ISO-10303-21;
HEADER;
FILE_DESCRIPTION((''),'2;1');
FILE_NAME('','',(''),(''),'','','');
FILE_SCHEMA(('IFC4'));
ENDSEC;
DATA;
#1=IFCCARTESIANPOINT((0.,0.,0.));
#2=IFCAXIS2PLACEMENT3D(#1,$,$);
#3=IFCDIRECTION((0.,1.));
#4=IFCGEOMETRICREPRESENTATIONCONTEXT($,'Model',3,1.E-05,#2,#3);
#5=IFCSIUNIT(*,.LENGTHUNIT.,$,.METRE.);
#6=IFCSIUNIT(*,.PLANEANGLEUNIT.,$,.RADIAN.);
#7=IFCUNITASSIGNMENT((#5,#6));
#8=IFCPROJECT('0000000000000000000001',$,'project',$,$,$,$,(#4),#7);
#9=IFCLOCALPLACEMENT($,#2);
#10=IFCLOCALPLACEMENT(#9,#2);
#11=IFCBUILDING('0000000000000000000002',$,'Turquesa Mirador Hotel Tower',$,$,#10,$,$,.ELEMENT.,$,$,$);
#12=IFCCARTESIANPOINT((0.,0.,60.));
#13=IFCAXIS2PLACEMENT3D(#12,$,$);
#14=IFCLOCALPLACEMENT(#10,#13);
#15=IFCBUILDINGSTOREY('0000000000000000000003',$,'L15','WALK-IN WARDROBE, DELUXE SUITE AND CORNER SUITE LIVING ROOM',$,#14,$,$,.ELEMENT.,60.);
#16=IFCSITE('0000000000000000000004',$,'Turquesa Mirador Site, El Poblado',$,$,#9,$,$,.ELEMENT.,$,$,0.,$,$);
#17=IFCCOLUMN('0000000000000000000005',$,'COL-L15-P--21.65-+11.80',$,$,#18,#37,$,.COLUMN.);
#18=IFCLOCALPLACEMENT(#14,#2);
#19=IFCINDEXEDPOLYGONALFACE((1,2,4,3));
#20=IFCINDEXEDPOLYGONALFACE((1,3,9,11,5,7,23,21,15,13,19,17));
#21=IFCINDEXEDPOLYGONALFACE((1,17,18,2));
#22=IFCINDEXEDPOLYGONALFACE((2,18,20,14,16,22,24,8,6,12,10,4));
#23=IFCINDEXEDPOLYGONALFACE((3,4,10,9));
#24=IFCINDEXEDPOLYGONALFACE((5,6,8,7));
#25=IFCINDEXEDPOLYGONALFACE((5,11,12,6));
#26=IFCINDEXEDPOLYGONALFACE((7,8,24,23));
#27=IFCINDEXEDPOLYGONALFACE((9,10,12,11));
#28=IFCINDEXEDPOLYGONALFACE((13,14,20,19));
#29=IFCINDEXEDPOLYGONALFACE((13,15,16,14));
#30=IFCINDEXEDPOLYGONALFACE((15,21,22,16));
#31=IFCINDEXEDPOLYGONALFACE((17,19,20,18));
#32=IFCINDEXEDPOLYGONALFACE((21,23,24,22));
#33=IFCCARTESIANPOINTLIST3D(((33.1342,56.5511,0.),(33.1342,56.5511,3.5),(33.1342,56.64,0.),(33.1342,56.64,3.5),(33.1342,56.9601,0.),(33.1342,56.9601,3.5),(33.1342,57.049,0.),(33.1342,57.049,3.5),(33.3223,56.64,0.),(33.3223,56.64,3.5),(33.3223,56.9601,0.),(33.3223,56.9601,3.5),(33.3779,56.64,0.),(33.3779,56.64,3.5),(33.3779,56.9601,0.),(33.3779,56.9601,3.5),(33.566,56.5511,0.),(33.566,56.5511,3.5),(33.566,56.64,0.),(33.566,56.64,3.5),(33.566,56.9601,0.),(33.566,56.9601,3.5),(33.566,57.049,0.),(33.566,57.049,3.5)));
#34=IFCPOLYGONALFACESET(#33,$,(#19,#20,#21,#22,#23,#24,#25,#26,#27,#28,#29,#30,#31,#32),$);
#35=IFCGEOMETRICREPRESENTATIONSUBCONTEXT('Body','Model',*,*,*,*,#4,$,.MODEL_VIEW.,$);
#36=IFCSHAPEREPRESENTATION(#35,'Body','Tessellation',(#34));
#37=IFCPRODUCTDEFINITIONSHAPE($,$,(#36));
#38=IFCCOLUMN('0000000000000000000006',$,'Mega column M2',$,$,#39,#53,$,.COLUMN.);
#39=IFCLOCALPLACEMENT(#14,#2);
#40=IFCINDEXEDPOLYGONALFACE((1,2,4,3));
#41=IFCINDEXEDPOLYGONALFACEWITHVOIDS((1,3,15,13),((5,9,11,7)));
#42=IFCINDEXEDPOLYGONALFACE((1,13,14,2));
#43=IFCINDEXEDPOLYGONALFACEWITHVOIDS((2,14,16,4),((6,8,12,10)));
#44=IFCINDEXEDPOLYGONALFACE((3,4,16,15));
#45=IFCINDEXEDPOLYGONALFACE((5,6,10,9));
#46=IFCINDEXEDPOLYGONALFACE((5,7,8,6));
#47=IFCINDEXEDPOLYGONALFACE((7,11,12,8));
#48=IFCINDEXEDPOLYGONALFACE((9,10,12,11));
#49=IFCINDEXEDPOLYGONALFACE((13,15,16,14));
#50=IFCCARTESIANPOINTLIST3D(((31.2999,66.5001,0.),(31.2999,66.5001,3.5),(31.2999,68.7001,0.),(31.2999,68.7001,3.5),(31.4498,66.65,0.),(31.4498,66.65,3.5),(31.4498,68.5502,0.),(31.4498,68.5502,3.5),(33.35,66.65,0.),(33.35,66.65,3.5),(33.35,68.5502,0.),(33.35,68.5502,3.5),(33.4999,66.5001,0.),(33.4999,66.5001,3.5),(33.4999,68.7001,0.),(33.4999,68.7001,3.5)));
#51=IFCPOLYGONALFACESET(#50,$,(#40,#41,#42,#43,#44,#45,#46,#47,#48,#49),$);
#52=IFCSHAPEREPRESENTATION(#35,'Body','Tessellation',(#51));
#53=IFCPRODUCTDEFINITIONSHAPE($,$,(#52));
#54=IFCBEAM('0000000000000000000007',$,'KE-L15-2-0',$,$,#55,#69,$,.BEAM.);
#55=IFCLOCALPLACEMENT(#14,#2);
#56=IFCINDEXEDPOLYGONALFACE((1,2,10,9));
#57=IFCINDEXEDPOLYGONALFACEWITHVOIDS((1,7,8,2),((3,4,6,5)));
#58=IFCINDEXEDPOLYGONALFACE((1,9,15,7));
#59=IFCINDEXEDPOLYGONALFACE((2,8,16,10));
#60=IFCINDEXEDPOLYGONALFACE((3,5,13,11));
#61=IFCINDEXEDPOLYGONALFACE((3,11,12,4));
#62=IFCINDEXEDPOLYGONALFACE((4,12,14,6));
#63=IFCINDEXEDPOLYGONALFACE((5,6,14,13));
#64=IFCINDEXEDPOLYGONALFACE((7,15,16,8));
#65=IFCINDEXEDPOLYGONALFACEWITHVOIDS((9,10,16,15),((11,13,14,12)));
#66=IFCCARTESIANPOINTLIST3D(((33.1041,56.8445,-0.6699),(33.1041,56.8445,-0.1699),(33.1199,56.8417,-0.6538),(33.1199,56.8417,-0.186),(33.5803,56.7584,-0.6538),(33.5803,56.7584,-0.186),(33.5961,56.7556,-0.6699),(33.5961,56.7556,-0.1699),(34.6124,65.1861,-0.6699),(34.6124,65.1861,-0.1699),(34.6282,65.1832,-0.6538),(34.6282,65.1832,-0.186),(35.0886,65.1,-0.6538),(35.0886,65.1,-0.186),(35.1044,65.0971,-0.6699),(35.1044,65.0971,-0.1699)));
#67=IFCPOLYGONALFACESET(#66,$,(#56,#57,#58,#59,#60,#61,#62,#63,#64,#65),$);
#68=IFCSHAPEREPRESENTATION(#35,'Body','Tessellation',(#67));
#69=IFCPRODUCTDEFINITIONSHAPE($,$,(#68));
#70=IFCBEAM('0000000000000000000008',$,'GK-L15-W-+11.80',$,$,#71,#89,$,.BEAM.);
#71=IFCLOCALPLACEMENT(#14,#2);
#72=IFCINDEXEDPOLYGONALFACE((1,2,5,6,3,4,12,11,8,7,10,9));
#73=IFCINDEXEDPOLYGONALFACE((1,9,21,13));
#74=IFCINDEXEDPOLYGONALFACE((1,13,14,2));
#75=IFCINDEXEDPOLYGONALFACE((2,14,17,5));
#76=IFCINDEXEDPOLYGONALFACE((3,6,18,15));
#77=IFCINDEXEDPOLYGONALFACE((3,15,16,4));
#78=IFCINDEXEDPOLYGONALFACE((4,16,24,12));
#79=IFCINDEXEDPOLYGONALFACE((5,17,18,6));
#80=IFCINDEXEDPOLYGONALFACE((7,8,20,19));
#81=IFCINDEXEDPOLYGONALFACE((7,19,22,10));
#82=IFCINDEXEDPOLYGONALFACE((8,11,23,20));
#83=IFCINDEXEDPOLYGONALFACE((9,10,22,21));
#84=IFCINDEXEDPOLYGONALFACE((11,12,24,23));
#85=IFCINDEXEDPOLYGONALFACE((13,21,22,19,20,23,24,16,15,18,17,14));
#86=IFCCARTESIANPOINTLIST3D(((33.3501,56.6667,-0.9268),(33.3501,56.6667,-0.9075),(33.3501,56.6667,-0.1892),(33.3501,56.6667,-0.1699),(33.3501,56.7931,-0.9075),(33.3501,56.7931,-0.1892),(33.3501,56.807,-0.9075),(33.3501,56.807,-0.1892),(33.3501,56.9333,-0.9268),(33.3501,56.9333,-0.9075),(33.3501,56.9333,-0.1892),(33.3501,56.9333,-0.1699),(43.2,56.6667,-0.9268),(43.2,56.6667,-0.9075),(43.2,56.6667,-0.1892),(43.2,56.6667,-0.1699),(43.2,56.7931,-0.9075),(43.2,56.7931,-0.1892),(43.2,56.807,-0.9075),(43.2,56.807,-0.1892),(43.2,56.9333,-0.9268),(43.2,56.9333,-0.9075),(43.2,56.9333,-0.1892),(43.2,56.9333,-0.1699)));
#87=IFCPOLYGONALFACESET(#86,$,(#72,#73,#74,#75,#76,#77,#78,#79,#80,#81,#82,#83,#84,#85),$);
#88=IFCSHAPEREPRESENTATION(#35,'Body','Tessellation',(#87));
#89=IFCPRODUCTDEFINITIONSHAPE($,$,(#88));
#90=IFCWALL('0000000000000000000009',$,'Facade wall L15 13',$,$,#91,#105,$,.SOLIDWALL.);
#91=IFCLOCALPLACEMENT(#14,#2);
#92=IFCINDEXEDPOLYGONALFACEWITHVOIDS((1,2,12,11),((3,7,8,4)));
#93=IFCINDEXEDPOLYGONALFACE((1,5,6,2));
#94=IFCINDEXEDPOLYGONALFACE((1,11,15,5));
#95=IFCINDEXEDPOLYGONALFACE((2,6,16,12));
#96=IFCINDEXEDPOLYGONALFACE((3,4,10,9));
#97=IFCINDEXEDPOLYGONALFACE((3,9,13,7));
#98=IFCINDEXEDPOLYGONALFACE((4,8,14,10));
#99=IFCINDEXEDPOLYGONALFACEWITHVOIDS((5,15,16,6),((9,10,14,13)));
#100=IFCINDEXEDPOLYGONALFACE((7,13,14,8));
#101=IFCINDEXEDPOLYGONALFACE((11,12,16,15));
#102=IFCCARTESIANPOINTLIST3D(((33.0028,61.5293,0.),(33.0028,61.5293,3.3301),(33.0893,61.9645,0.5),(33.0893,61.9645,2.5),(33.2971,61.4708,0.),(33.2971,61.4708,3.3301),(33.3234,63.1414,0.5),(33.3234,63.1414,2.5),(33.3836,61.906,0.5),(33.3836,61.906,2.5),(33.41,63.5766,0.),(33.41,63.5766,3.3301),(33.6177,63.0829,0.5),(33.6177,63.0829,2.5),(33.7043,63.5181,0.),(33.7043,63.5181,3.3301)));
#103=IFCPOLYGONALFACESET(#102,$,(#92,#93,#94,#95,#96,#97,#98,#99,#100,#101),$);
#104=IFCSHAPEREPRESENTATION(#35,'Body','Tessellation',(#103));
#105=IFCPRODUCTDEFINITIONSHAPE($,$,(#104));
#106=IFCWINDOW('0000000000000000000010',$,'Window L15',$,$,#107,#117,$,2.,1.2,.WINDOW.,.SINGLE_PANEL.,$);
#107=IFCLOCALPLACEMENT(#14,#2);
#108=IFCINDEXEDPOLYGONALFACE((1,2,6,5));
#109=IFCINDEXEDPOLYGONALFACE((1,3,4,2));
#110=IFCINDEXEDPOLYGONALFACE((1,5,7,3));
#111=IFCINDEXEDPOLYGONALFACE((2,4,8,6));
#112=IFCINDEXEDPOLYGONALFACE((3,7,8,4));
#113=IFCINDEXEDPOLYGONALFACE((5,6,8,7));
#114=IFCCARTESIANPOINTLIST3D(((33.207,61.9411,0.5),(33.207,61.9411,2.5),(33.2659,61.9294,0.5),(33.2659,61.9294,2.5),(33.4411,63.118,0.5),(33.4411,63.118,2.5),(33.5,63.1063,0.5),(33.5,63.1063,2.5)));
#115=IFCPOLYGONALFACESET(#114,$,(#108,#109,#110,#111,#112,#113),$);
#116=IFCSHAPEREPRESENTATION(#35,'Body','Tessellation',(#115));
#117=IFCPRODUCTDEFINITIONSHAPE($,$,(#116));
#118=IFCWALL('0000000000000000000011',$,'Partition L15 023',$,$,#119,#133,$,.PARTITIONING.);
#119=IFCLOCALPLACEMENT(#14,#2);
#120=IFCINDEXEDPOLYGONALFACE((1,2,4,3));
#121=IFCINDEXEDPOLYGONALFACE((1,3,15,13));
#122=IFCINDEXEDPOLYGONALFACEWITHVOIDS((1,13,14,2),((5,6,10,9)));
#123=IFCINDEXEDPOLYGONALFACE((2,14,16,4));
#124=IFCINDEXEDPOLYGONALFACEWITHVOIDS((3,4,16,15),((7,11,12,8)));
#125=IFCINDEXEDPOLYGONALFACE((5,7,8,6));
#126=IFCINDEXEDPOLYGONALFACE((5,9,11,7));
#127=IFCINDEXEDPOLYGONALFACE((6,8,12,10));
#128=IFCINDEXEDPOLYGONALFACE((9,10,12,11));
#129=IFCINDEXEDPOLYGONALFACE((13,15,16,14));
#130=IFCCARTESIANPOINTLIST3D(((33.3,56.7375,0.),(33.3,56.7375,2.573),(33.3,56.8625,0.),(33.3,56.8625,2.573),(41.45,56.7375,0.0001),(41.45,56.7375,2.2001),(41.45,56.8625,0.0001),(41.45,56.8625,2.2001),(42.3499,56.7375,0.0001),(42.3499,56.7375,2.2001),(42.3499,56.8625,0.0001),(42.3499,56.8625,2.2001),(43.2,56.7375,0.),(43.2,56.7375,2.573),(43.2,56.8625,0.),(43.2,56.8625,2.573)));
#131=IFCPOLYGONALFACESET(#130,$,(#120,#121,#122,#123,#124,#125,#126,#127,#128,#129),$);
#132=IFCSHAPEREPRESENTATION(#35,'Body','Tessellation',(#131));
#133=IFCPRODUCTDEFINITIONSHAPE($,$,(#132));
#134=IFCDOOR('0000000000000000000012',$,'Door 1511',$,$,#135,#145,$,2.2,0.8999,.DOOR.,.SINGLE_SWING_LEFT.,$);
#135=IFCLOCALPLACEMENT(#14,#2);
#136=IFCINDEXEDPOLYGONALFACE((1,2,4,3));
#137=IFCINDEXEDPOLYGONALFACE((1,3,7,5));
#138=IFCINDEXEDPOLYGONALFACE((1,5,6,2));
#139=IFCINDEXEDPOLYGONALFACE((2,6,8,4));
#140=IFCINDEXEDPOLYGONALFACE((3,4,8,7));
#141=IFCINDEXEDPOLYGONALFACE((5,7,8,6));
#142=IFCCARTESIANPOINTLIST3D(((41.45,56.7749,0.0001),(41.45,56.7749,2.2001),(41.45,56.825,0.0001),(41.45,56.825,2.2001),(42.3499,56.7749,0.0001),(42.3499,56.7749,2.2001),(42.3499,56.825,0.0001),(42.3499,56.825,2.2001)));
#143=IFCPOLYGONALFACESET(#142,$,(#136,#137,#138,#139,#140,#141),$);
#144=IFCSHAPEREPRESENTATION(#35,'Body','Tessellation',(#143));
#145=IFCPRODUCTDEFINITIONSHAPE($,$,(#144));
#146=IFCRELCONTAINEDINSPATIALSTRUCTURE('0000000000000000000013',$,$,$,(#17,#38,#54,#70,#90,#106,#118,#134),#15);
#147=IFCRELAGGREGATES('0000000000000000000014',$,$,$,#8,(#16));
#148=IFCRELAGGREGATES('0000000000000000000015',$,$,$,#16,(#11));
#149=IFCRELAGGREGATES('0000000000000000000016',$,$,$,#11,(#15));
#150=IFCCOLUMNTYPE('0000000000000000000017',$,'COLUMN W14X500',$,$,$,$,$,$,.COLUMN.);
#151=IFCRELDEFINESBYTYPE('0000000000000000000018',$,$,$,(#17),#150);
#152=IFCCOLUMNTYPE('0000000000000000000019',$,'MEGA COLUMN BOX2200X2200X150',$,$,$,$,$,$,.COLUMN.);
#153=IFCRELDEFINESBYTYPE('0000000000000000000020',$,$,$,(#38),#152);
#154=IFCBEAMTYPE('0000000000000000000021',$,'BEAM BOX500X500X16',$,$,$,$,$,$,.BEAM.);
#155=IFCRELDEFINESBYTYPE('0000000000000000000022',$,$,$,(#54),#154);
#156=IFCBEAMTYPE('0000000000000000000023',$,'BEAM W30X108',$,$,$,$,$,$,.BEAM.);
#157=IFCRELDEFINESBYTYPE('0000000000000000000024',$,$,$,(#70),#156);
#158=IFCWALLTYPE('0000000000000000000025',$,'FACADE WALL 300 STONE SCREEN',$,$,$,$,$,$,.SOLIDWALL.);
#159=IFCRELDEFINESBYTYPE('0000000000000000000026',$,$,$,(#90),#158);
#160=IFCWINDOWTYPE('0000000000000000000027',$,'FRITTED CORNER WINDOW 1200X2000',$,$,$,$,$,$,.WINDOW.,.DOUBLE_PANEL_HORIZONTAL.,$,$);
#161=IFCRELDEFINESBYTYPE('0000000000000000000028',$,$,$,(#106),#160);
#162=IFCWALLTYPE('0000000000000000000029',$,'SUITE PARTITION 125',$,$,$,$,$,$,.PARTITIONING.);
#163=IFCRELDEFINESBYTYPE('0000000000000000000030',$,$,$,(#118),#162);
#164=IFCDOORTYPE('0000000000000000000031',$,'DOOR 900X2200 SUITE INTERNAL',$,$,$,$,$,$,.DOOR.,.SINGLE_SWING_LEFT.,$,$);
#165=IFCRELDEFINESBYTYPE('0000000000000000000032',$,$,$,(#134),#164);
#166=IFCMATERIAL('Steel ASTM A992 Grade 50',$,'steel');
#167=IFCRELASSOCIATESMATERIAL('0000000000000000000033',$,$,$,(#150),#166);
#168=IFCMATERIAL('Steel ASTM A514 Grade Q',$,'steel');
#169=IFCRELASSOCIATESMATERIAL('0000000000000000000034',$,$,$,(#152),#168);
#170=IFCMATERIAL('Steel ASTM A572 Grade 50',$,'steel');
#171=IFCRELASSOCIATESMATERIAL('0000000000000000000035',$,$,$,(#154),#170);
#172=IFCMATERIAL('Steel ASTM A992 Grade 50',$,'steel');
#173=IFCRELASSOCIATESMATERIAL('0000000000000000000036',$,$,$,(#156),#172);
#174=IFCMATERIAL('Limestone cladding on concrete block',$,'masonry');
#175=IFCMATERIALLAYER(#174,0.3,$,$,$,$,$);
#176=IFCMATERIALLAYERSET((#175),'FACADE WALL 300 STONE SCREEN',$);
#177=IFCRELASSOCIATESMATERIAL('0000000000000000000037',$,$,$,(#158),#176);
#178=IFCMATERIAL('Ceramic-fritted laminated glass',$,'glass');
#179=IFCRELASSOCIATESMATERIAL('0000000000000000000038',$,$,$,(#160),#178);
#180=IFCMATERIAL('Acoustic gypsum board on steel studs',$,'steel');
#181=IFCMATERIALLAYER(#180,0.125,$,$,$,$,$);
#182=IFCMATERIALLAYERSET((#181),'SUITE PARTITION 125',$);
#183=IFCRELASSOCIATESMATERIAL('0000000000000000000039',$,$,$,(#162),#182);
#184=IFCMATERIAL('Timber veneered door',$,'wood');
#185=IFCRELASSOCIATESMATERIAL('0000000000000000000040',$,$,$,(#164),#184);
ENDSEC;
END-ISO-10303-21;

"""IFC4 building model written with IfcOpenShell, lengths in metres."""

from ifc_helpers import new_model, si_unit, direction, frame, frame_2d, origin, origin_2d, place, context, subcontext, project, spatial, rectangle, hollow_rectangle, i_section, extrude, material, layer, layer_set, material_profile, profile_set, type_object, element, fill, save


model = new_model("IFC4")

# Units and contexts
model_context = context("Model", 3, precision=1e-05, world=origin(), true_north=direction((0.0, 1.0)))
body_context = subcontext(model_context, "Body", "Model", "MODEL_VIEW")
ifc_project = project(units=[si_unit("LENGTHUNIT", "METRE"), si_unit("PLANEANGLEUNIT", "RADIAN")], contexts=[model_context])

# Site, building, storey
site_placement = place(None, origin())
site = spatial("IfcSite", under=ifc_project, at=site_placement, Name="Turquesa Mirador Site, El Poblado", CompositionType="ELEMENT", RefElevation=0.0)
building_placement = place(site_placement, origin())
building = spatial("IfcBuilding", under=site, at=building_placement, Name="Turquesa Mirador Hotel Tower", CompositionType="ELEMENT")
storey_placement = place(building_placement, frame((0.0, 0.0, 60.0)))
storey = spatial("IfcBuildingStorey", under=building, at=storey_placement, Name="L15", Description="WALK-IN WARDROBE, DELUXE SUITE AND CORNER SUITE LIVING ROOM", CompositionType="ELEMENT", Elevation=60.0)

# Columns
ifc_material_1 = material(Name="Steel ASTM A992 Grade 50", Category="steel")
ifc_material_profile_1 = material_profile(ifc_material_1, i_section(OverallWidth=0.4319, OverallDepth=0.4978, WebThickness=0.0557, FlangeThickness=0.0889, at=origin_2d()), Name="W14X500")
ifc_profile_set_1 = profile_set([ifc_material_profile_1], Name="Steel ASTM A992 Grade 50")
column_type_1 = type_object("IfcColumnType", Name="COLUMN W14X500", PredefinedType="COLUMN", material=ifc_profile_set_1)
column_1_placement = place(storey_placement, frame((33.3501, 56.8, 0.0), z_axis=(0.0, 0.0, 1.0), x_axis=(1.0, 0.0, 0.0)))
element("IfcColumn", 1, at=column_1_placement, inside=storey, type_object=column_type_1, Name="COL-L15-P--21.65-+11.80", PredefinedType="COLUMN", context=body_context, shape_type="SweptSolid", body=[
    extrude(i_section(OverallWidth=0.4319, OverallDepth=0.4978, WebThickness=0.0557, FlangeThickness=0.0889, at=origin_2d()), origin(), (0.0, 0.0, 1.0), 3.5),
])
ifc_material_2 = material(Name="Steel ASTM A514 Grade Q", Category="steel")
ifc_material_profile_2 = material_profile(ifc_material_2, hollow_rectangle(XDim=2.2, YDim=2.2, WallThickness=0.1499, at=origin_2d()), Name="BOX2200X2200X150")
ifc_profile_set_2 = profile_set([ifc_material_profile_2], Name="Steel ASTM A514 Grade Q")
column_type_2 = type_object("IfcColumnType", Name="MEGA COLUMN BOX2200X2200X150", PredefinedType="COLUMN", material=ifc_profile_set_2)
column_2_placement = place(storey_placement, frame((32.3999, 67.6001, 0.0), z_axis=(0.0, 0.0, 1.0), x_axis=(1.0, 0.0, 0.0)))
element("IfcColumn", 2, at=column_2_placement, inside=storey, type_object=column_type_2, Name="Mega column M2", PredefinedType="COLUMN", context=body_context, shape_type="SweptSolid", body=[
    extrude(hollow_rectangle(XDim=2.2, YDim=2.2, WallThickness=0.1499, at=origin_2d()), origin(), (0.0, 0.0, 1.0), 3.5),
])

# Beams
ifc_material_3 = material(Name="Steel ASTM A572 Grade 50", Category="steel")
ifc_material_profile_3 = material_profile(ifc_material_3, hollow_rectangle(XDim=0.5, YDim=0.5, WallThickness=0.0161, at=origin_2d()), Name="BOX500X500X16")
ifc_profile_set_3 = profile_set([ifc_material_profile_3], Name="Steel ASTM A572 Grade 50")
beam_type_1 = type_object("IfcBeamType", Name="BEAM BOX500X500X16", PredefinedType="BEAM", material=ifc_profile_set_3)
beam_1_placement = place(storey_placement, frame((33.3501, 56.8, -0.4199), z_axis=(0.177932, 0.984043, 0.0), x_axis=(-0.984043, 0.177932, 0.0)))
element("IfcBeam", 3, at=beam_1_placement, inside=storey, type_object=beam_type_1, Name="KE-L15-2-0", PredefinedType="BEAM", context=body_context, shape_type="SweptSolid", body=[
    extrude(hollow_rectangle(XDim=0.5, YDim=0.5, WallThickness=0.0161, at=origin_2d()), origin(), (0.0, 0.0, 1.0), 8.4768),
])
ifc_material_4 = material(Name="Steel ASTM A992 Grade 50", Category="steel")
ifc_material_profile_4 = material_profile(ifc_material_4, i_section(OverallWidth=0.2666, OverallDepth=0.7568, WebThickness=0.0139, FlangeThickness=0.0193, at=origin_2d()), Name="W30X108")
ifc_profile_set_4 = profile_set([ifc_material_profile_4], Name="Steel ASTM A992 Grade 50")
beam_type_2 = type_object("IfcBeamType", Name="BEAM W30X108", PredefinedType="BEAM", material=ifc_profile_set_4)
beam_2_placement = place(storey_placement, frame((33.3501, 56.8, -0.5483), z_axis=(1.0, 0.0, 0.0), x_axis=(0.0, 1.0, 0.0)))
element("IfcBeam", 4, at=beam_2_placement, inside=storey, type_object=beam_type_2, Name="GK-L15-W-+11.80", PredefinedType="BEAM", context=body_context, shape_type="SweptSolid", body=[
    extrude(i_section(OverallWidth=0.2666, OverallDepth=0.7568, WebThickness=0.0139, FlangeThickness=0.0193, at=origin_2d()), origin(), (0.0, 0.0, 1.0), 9.8499),
])

# Wall, opening, window
ifc_material_5 = material(Name="Limestone cladding on concrete block", Category="masonry")
ifc_layer_1 = layer(ifc_material_5, 0.3)
ifc_layer_set_1 = layer_set([ifc_layer_1], Name="FACADE WALL 300 STONE SCREEN")
wall_type_1 = type_object("IfcWallType", Name="FACADE WALL 300 STONE SCREEN", PredefinedType="SOLIDWALL", material=ifc_layer_set_1)
wall_1_placement = place(storey_placement, frame((33.5571, 63.5474, 0.0), z_axis=(0.0, 0.0, 1.0), x_axis=(-0.195081, -0.980787, 0.0)))
wall_1 = element("IfcWall", 5, at=wall_1_placement, inside=storey, type_object=wall_type_1, Name="Facade wall L15 13", PredefinedType="SOLIDWALL", context=body_context, shape_type="SweptSolid", body=[
    extrude(rectangle(XDim=2.0874, YDim=0.3, at=frame_2d((1.0437, 0.0))), origin(), (0.0, 0.0, 1.0), 3.3301),
])
opening_1_placement = place(wall_1_placement, frame((0.4436, 0.0, 0.5)))
opening_1 = element("IfcOpeningElement", 6, at=opening_1_placement, cuts=wall_1, PredefinedType="OPENING", context=body_context, shape_type="SweptSolid", body=[
    extrude(rectangle(XDim=1.2, YDim=2.0, at=frame_2d((0.6001, 1.0))), frame((0.0, 0.1599, 0.0), z_axis=(0.0, -1.0, 0.0), x_axis=(1.0, 0.0, 0.0)), (0.0, 0.0, 1.0), 0.3201),
])
ifc_material_6 = material(Name="Ceramic-fritted laminated glass", Category="glass")
window_type_1 = type_object("IfcWindowType", Name="FRITTED CORNER WINDOW 1200X2000", PartitioningType="DOUBLE_PANEL_HORIZONTAL", PredefinedType="WINDOW", material=ifc_material_6)
window_1_placement = place(opening_1_placement, origin())
window_1 = element("IfcWindow", 7, at=window_1_placement, inside=storey, type_object=window_type_1, Name="Window L15", OverallHeight=2.0, OverallWidth=1.2, PartitioningType="SINGLE_PANEL", PredefinedType="WINDOW", context=body_context, shape_type="SweptSolid", body=[
    extrude(rectangle(XDim=1.2, YDim=2.0, at=frame_2d((0.6001, 1.0))), frame((0.0, 0.03, 0.0), z_axis=(0.0, -1.0, 0.0), x_axis=(1.0, 0.0, 0.0)), (0.0, 0.0, 1.0), 0.0601),
])
fill(opening_1, window_1)

# Wall, opening, door
ifc_material_7 = material(Name="Acoustic gypsum board on steel studs", Category="steel")
ifc_layer_2 = layer(ifc_material_7, 0.125)
ifc_layer_set_2 = layer_set([ifc_layer_2], Name="SUITE PARTITION 125")
wall_type_2 = type_object("IfcWallType", Name="SUITE PARTITION 125", PredefinedType="PARTITIONING", material=ifc_layer_set_2)
wall_2_placement = place(storey_placement, frame((33.3, 56.8, 0.0), z_axis=(0.0, 0.0, 1.0), x_axis=(1.0, 0.0, 0.0)))
wall_2 = element("IfcWall", 8, at=wall_2_placement, inside=storey, type_object=wall_type_2, Name="Partition L15 023", PredefinedType="PARTITIONING", context=body_context, shape_type="SweptSolid", body=[
    extrude(rectangle(XDim=9.8999, YDim=0.125, at=frame_2d((4.95, 0.0))), origin(), (0.0, 0.0, 1.0), 2.573),
])
opening_2_placement = place(wall_2_placement, frame((8.1499, 0.0, 0.0)))
opening_2 = element("IfcOpeningElement", 9, at=opening_2_placement, cuts=wall_2, PredefinedType="OPENING", context=body_context, shape_type="SweptSolid", body=[
    extrude(rectangle(XDim=0.8999, YDim=2.2, at=frame_2d((0.45, 1.1001))), frame((0.0, 0.0725, 0.0), z_axis=(0.0, -1.0, 0.0), x_axis=(1.0, 0.0, 0.0)), (0.0, 0.0, 1.0), 0.145),
])
ifc_material_8 = material(Name="Timber veneered door", Category="wood")
door_type = type_object("IfcDoorType", Name="DOOR 900X2200 SUITE INTERNAL", OperationType="SINGLE_SWING_LEFT", PredefinedType="DOOR", material=ifc_material_8)
door_1_placement = place(opening_2_placement, origin())
door_1 = element("IfcDoor", 10, at=door_1_placement, inside=storey, type_object=door_type, Name="Door 1511", OperationType="SINGLE_SWING_LEFT", OverallHeight=2.2, OverallWidth=0.8999, PredefinedType="DOOR", context=body_context, shape_type="SweptSolid", body=[
    extrude(rectangle(XDim=0.8999, YDim=2.2, at=frame_2d((0.45, 1.1001))), frame((0.0, 0.0249, 0.0), z_axis=(0.0, -1.0, 0.0), x_axis=(1.0, 0.0, 0.0)), (0.0, 0.0, 1.0), 0.05),
])
fill(opening_2, door_1)

save(model, "model.ifc")
